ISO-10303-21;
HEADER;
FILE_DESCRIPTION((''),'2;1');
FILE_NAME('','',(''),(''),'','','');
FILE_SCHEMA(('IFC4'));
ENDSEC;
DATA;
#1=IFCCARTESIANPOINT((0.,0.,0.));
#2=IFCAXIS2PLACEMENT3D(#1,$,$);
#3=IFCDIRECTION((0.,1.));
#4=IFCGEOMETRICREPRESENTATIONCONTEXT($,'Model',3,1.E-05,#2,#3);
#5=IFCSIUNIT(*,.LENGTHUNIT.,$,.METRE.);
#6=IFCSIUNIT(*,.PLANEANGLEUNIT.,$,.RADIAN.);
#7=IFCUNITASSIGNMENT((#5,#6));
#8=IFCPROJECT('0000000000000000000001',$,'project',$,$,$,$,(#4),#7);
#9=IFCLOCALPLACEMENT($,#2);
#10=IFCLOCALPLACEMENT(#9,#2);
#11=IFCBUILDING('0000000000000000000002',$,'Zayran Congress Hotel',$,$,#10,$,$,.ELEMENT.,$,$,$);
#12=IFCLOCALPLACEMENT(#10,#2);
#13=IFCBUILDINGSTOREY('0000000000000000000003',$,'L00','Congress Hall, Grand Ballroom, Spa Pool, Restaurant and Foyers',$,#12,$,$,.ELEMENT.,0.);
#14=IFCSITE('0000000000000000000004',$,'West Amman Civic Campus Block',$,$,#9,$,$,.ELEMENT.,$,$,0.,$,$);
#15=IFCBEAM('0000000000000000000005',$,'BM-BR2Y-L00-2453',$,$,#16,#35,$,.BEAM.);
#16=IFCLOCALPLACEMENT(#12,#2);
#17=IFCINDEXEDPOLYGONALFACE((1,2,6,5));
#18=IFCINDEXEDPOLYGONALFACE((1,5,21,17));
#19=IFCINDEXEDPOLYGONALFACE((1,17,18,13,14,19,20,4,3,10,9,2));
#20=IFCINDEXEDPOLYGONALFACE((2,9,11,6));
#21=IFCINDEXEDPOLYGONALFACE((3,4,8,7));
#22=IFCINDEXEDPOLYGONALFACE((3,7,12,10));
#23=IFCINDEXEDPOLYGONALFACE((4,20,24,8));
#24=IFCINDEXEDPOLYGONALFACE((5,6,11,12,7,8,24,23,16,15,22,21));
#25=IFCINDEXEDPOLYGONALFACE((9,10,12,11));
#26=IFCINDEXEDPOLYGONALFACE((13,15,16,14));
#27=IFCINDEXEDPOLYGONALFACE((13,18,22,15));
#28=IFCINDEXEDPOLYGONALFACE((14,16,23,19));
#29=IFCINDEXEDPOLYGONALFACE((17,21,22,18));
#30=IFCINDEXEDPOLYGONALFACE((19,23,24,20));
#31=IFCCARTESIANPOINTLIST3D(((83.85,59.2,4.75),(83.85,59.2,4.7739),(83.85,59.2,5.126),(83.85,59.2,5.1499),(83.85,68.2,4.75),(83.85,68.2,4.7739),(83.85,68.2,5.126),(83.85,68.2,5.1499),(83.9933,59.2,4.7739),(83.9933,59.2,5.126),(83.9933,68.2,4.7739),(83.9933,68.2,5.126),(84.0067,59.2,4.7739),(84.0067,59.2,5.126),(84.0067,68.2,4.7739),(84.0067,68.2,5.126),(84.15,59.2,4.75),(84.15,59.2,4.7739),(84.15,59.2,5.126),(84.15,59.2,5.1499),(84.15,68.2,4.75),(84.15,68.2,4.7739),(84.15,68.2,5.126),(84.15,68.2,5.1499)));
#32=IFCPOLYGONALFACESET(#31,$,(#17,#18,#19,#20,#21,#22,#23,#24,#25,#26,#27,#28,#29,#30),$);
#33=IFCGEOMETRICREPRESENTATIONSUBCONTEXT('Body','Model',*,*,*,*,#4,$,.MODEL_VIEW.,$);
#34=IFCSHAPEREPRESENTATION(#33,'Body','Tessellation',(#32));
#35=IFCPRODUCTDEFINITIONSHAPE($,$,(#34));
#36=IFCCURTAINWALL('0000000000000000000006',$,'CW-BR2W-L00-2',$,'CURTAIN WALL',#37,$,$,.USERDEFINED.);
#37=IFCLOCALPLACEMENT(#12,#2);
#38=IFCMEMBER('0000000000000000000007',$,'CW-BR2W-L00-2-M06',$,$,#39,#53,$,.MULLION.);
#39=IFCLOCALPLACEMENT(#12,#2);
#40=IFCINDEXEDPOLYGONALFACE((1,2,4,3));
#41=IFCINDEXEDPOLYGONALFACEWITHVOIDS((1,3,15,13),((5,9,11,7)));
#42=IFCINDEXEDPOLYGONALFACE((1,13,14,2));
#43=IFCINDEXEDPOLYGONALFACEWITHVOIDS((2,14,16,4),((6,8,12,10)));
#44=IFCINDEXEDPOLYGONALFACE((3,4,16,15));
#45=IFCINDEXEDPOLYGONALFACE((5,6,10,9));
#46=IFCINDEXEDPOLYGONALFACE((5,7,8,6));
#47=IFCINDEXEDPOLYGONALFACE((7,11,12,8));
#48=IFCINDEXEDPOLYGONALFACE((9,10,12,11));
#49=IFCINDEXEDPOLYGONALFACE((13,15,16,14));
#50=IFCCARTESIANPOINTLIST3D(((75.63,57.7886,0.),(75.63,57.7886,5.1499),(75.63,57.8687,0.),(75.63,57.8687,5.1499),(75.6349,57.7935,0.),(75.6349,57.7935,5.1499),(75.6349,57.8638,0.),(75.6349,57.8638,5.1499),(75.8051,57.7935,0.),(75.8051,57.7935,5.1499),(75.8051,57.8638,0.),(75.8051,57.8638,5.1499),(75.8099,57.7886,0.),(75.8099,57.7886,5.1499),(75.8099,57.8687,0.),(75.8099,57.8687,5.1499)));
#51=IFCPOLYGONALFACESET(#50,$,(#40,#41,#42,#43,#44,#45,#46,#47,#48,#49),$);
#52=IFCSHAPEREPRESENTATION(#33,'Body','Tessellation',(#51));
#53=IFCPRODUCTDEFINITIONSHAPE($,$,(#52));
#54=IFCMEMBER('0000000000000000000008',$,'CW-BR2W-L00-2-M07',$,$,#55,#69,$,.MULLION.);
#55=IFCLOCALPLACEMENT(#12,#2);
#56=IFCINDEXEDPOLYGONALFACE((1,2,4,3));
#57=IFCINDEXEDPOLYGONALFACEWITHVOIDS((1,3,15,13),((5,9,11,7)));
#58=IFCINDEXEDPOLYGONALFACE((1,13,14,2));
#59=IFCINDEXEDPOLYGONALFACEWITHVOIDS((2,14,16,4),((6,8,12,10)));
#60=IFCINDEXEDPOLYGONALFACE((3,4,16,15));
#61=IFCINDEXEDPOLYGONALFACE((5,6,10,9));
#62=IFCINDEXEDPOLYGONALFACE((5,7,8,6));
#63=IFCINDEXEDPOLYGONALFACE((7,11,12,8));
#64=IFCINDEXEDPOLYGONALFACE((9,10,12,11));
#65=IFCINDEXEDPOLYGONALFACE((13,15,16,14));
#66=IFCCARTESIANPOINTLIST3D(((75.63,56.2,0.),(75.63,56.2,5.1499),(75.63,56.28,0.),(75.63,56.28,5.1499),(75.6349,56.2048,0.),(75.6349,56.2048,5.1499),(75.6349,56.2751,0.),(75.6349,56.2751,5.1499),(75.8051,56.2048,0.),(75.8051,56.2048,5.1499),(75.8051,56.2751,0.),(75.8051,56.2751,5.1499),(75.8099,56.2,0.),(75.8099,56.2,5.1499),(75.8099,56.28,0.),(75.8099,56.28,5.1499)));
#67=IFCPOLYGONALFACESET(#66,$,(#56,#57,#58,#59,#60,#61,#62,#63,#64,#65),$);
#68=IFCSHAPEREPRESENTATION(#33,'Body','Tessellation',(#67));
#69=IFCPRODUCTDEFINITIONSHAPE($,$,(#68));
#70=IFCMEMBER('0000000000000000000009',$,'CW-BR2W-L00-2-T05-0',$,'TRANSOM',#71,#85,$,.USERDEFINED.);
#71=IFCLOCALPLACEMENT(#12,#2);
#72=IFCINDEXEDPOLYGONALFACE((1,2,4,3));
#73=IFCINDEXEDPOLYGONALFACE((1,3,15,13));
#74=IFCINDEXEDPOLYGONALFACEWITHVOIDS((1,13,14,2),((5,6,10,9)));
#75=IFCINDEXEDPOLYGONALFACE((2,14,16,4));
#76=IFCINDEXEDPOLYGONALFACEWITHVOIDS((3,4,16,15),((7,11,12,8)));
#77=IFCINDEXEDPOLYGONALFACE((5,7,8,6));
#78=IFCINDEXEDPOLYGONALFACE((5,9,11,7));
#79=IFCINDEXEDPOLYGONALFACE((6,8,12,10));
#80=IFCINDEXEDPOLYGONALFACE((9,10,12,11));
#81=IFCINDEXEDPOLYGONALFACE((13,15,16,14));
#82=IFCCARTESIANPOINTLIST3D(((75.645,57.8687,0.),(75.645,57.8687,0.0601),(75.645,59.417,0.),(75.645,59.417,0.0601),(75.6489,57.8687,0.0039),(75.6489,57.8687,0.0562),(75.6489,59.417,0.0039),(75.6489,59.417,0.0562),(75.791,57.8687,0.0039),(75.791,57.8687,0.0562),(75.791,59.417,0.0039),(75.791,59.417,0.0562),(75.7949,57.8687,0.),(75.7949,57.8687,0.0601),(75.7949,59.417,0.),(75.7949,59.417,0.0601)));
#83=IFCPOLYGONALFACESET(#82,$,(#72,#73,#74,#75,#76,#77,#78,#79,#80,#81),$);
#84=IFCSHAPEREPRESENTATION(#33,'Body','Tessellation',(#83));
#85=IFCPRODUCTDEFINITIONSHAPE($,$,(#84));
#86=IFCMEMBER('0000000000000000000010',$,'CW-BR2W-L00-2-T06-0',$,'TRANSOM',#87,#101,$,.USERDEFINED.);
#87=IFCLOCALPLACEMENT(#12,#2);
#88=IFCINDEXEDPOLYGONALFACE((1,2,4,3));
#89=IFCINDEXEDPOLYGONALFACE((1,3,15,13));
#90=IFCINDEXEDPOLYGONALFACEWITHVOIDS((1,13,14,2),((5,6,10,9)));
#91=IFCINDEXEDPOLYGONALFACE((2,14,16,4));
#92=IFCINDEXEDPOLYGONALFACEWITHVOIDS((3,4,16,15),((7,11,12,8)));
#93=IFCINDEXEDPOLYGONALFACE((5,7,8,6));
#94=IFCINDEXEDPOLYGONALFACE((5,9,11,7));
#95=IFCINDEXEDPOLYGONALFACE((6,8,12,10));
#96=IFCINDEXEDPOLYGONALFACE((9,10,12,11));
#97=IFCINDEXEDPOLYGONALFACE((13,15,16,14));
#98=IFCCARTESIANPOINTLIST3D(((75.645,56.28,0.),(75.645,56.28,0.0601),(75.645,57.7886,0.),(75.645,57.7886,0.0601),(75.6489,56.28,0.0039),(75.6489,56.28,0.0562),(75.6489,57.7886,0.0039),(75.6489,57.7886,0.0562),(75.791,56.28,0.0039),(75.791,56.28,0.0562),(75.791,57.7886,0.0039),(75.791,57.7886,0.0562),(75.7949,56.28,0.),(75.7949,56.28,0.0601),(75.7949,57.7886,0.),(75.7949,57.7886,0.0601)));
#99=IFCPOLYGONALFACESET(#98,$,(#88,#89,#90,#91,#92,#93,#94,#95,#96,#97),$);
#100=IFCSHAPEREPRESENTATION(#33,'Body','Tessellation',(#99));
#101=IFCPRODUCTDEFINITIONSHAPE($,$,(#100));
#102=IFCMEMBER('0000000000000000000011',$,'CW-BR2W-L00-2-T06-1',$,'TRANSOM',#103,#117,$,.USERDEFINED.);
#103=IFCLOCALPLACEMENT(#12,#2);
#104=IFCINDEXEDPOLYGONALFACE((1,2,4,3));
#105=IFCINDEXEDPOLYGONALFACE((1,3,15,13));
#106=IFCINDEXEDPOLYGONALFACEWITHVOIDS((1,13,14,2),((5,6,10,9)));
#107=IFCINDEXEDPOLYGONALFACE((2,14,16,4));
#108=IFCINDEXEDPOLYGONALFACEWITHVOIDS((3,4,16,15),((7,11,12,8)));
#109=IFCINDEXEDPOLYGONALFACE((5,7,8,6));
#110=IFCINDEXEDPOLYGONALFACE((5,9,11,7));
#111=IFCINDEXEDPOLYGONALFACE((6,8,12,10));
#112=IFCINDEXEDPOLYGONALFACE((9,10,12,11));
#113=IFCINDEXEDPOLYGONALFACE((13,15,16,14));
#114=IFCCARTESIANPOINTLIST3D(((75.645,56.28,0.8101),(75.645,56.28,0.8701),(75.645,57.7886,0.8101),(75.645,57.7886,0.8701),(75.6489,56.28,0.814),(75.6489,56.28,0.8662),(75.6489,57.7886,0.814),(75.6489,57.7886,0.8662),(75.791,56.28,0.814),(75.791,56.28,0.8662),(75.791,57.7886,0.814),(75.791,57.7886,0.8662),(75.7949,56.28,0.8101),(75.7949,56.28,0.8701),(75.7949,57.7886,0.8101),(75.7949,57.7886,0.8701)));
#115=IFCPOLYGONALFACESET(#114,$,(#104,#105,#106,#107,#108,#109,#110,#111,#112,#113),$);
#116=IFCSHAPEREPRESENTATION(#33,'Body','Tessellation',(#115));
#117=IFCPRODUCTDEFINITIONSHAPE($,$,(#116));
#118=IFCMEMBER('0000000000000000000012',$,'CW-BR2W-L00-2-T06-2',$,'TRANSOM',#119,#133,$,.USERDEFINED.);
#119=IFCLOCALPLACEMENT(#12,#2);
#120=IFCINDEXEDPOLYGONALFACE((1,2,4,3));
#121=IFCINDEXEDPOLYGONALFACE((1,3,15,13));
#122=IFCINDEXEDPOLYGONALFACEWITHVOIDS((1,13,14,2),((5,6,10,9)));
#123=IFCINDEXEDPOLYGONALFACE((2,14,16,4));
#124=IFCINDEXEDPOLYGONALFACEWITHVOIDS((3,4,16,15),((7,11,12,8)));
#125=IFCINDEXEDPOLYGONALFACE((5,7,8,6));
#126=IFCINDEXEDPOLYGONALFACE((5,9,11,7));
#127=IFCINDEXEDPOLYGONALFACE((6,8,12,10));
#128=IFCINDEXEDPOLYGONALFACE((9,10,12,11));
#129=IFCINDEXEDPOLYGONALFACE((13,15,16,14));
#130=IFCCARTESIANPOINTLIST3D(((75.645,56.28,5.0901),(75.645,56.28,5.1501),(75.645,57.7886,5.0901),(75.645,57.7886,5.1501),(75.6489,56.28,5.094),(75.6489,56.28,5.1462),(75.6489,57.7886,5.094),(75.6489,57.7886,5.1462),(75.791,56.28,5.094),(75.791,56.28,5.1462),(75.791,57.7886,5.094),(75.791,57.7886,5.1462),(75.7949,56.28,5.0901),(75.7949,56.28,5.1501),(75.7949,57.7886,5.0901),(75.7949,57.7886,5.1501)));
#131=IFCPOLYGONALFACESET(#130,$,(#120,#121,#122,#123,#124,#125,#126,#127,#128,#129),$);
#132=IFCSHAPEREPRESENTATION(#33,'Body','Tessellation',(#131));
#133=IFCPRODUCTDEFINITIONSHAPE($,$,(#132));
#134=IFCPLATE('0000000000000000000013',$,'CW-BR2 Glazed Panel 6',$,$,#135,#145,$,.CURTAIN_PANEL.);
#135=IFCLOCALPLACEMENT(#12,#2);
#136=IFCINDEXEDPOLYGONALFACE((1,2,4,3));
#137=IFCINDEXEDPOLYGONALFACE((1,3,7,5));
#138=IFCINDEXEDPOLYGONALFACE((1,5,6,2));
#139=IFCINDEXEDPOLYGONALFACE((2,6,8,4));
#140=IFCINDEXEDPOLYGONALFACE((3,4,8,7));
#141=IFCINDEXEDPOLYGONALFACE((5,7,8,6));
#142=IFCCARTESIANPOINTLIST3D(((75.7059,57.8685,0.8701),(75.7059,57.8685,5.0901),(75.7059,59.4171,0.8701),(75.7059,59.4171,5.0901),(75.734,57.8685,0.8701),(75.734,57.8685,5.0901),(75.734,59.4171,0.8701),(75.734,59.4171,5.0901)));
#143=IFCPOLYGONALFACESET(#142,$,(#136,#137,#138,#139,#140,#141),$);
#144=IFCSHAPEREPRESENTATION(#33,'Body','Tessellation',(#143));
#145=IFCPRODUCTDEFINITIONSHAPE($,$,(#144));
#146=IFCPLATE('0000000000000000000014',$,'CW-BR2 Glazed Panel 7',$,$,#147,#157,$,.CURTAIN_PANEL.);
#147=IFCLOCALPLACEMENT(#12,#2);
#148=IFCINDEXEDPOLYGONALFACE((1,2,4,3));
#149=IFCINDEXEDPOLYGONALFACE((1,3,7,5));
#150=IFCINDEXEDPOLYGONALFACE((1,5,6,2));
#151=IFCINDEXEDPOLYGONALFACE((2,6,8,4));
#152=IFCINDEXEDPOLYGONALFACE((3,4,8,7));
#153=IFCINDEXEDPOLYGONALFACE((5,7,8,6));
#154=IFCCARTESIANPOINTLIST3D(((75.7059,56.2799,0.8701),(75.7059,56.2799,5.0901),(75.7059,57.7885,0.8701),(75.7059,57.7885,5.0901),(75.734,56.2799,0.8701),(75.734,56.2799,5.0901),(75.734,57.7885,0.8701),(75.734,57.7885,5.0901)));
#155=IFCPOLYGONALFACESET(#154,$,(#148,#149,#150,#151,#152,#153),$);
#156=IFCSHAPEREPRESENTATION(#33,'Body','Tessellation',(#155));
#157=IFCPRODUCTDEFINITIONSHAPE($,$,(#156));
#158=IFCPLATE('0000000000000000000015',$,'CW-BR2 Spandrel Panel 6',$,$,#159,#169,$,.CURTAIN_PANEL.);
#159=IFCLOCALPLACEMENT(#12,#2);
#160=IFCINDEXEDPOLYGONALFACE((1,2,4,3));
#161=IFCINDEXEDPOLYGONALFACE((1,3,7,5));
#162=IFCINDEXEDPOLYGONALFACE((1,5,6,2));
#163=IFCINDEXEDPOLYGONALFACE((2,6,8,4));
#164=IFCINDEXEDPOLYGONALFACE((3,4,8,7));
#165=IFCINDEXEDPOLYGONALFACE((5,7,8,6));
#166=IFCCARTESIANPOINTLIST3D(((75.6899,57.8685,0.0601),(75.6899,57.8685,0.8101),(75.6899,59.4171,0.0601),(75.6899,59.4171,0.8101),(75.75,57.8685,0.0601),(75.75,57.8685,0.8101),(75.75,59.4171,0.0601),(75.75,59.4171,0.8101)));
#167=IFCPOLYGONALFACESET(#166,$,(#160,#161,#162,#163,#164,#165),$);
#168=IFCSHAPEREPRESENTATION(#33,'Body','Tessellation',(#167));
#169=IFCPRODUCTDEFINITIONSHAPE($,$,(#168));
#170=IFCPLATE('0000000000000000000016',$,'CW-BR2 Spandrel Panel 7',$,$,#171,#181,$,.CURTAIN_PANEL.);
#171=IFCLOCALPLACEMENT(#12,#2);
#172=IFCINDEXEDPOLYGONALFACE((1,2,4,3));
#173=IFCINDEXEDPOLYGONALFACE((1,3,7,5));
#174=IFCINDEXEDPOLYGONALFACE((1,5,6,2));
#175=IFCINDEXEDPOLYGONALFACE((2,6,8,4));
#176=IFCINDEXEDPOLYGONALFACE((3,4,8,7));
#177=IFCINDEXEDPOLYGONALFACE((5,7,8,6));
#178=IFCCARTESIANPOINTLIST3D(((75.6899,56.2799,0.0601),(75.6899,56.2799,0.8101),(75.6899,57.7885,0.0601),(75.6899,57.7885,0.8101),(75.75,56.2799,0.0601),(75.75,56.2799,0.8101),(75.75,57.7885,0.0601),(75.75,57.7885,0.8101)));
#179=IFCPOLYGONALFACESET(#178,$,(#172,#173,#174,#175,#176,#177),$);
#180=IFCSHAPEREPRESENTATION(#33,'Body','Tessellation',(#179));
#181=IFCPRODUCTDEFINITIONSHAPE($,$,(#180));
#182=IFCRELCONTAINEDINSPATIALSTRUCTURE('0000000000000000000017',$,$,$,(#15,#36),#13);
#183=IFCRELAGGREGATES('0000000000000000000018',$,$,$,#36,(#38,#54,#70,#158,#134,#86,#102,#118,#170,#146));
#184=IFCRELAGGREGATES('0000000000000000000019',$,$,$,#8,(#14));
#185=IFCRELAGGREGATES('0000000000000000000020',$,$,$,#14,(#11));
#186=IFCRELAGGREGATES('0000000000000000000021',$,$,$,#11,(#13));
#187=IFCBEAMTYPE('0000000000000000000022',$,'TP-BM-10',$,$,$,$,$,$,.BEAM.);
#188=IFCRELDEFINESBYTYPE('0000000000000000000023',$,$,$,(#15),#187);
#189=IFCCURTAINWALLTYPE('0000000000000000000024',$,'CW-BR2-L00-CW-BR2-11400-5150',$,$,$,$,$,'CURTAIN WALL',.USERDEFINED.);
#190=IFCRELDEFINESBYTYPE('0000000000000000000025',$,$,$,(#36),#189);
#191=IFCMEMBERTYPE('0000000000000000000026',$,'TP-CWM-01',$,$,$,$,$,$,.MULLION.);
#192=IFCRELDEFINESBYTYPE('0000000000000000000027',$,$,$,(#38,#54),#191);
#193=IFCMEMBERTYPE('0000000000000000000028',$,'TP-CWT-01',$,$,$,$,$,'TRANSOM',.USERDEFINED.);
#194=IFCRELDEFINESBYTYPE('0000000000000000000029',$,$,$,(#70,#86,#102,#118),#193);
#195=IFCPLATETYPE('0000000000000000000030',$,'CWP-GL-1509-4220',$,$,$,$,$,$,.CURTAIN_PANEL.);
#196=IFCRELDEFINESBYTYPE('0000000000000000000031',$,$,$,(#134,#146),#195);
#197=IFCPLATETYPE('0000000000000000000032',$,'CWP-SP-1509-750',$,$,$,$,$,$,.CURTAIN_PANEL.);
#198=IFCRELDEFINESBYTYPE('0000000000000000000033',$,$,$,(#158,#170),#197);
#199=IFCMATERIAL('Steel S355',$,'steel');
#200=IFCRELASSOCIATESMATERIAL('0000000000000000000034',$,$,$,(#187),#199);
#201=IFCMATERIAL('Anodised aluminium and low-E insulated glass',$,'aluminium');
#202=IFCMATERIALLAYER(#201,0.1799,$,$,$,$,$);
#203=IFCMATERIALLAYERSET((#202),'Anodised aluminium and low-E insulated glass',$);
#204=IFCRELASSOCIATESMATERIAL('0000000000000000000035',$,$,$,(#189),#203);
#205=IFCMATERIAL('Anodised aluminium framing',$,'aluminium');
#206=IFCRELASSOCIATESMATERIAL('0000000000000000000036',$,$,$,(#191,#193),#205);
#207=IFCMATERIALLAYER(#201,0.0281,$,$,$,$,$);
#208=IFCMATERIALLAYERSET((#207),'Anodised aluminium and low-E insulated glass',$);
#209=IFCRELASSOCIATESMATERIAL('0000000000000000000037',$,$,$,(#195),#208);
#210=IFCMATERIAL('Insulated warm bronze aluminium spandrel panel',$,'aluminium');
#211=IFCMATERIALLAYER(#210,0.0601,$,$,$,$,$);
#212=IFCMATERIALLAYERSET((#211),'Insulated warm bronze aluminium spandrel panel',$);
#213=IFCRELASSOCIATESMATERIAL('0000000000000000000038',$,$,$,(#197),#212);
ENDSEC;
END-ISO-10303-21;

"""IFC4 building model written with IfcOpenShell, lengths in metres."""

from ifc_helpers import new_model, si_unit, direction, frame, origin, origin_2d, place, context, subcontext, project, spatial, rectangle, hollow_rectangle, i_section, extrude, material, layer, layer_set, material_profile, profile_set, type_object, element, aggregate, save


model = new_model("IFC4")

# Units and contexts
model_context = context("Model", 3, precision=1e-05, world=origin(), true_north=direction((0.0, 1.0)))
body_context = subcontext(model_context, "Body", "Model", "MODEL_VIEW")
ifc_project = project(units=[si_unit("LENGTHUNIT", "METRE"), si_unit("PLANEANGLEUNIT", "RADIAN")], contexts=[model_context])

# Site, building, storey
site_placement = place(None, origin())
site = spatial("IfcSite", under=ifc_project, at=site_placement, Name="West Amman Civic Campus Block", CompositionType="ELEMENT", RefElevation=0.0)
building_placement = place(site_placement, origin())
building = spatial("IfcBuilding", under=site, at=building_placement, Name="Zayran Congress Hotel", CompositionType="ELEMENT")
storey_placement = place(building_placement, origin())
storey = spatial("IfcBuildingStorey", under=building, at=storey_placement, Name="L00", Description="Congress Hall, Grand Ballroom, Spa Pool, Restaurant and Foyers", CompositionType="ELEMENT", Elevation=0.0)

# Shared definitions
ifc_material_1 = material(Name="Steel S355", Category="steel")

# Beam
ifc_material_profile_1 = material_profile(ifc_material_1, i_section(OverallWidth=0.3, OverallDepth=0.3999, WebThickness=0.0134, FlangeThickness=0.0239, at=origin_2d()), Name="HEB 400")
ifc_profile_set_1 = profile_set([ifc_material_profile_1], Name="Steel S355")
beam_type = type_object("IfcBeamType", Name="TP-BM-10", PredefinedType="BEAM", material=ifc_profile_set_1)
beam_1_placement = place(storey_placement, frame((84.0, 59.2, 4.95), z_axis=(0.0, 1.0, 0.0), x_axis=(-1.0, 0.0, 0.0)))
element("IfcBeam", 1, at=beam_1_placement, inside=storey, type_object=beam_type, Name="BM-BR2Y-L00-2453", PredefinedType="BEAM", context=body_context, shape_type="SweptSolid", body=[
    extrude(i_section(OverallWidth=0.3, OverallDepth=0.3999, WebThickness=0.0134, FlangeThickness=0.0239, at=origin_2d()), origin(), (0.0, 0.0, 1.0), 9.0),
])

# Curtain wall, members, plates
ifc_material_2 = material(Name="Anodised aluminium and low-E insulated glass", Category="aluminium")
ifc_layer_1 = layer(ifc_material_2, 0.1799)
ifc_layer_set_1 = layer_set([ifc_layer_1], Name="Anodised aluminium and low-E insulated glass")
curtain_wall_type = type_object("IfcCurtainWallType", Name="CW-BR2-L00-CW-BR2-11400-5150", ElementType="CURTAIN WALL", PredefinedType="USERDEFINED", material=ifc_layer_set_1)
curtain_wall_placement = place(storey_placement, origin())
curtain_wall = element("IfcCurtainWall", 2, at=curtain_wall_placement, inside=storey, type_object=curtain_wall_type, Name="CW-BR2W-L00-2", ObjectType="CURTAIN WALL", PredefinedType="USERDEFINED")
ifc_material_3 = material(Name="Anodised aluminium framing", Category="aluminium")
ifc_material_profile_2 = material_profile(ifc_material_3, hollow_rectangle(XDim=0.0801, YDim=0.1799, WallThickness=0.0049, at=origin_2d()), Name="RHS 180x80x5")
ifc_profile_set_2 = profile_set([ifc_material_profile_2], Name="Anodised aluminium framing")
member_type_1 = type_object("IfcMemberType", Name="TP-CWM-01", PredefinedType="MULLION", material=ifc_profile_set_2)
member_1_placement = place(storey_placement, frame((75.72, 57.8286, 0.0), z_axis=(0.0, 0.0, 1.0), x_axis=(0.0, 1.0, 0.0)))
member_1 = element("IfcMember", 3, at=member_1_placement, type_object=member_type_1, Name="CW-BR2W-L00-2-M06", PredefinedType="MULLION", context=body_context, shape_type="SweptSolid", body=[
    extrude(hollow_rectangle(XDim=0.0801, YDim=0.1799, WallThickness=0.0049, at=origin_2d()), origin(), (0.0, 0.0, 1.0), 5.1499),
])
member_2_placement = place(storey_placement, frame((75.72, 56.24, 0.0), z_axis=(0.0, 0.0, 1.0), x_axis=(0.0, 1.0, 0.0)))
member_2 = element("IfcMember", 4, at=member_2_placement, type_object=member_type_1, Name="CW-BR2W-L00-2-M07", PredefinedType="MULLION", context=body_context, shape_type="SweptSolid", body=[
    extrude(hollow_rectangle(XDim=0.0801, YDim=0.1799, WallThickness=0.0049, at=origin_2d()), origin(), (0.0, 0.0, 1.0), 5.1499),
])
ifc_material_profile_3 = material_profile(ifc_material_3, hollow_rectangle(XDim=0.0601, YDim=0.1499, WallThickness=0.0039, at=origin_2d()), Name="RHS 150x60x4")
ifc_profile_set_3 = profile_set([ifc_material_profile_3], Name="Anodised aluminium framing")
member_type_2 = type_object("IfcMemberType", Name="TP-CWT-01", ElementType="TRANSOM", PredefinedType="USERDEFINED", material=ifc_profile_set_3)
member_3_placement = place(storey_placement, frame((75.72, 59.417, 0.03), z_axis=(0.0, -1.0, 0.0), x_axis=(0.0, 0.0, 1.0)))
member_3 = element("IfcMember", 5, at=member_3_placement, type_object=member_type_2, Name="CW-BR2W-L00-2-T05-0", ObjectType="TRANSOM", PredefinedType="USERDEFINED", context=body_context, shape_type="SweptSolid", body=[
    extrude(hollow_rectangle(XDim=0.0601, YDim=0.1499, WallThickness=0.0039, at=origin_2d()), origin(), (0.0, 0.0, 1.0), 1.5483),
])
member_4_placement = place(storey_placement, frame((75.72, 57.7886, 0.03), z_axis=(0.0, -1.0, 0.0), x_axis=(0.0, 0.0, 1.0)))
member_4 = element("IfcMember", 6, at=member_4_placement, type_object=member_type_2, Name="CW-BR2W-L00-2-T06-0", ObjectType="TRANSOM", PredefinedType="USERDEFINED", context=body_context, shape_type="SweptSolid", body=[
    extrude(hollow_rectangle(XDim=0.0601, YDim=0.1499, WallThickness=0.0039, at=origin_2d()), origin(), (0.0, 0.0, 1.0), 1.5085),
])
member_5_placement = place(storey_placement, frame((75.72, 57.7886, 0.8401), z_axis=(0.0, -1.0, 0.0), x_axis=(0.0, 0.0, 1.0)))
member_5 = element("IfcMember", 7, at=member_5_placement, type_object=member_type_2, Name="CW-BR2W-L00-2-T06-1", ObjectType="TRANSOM", PredefinedType="USERDEFINED", context=body_context, shape_type="SweptSolid", body=[
    extrude(hollow_rectangle(XDim=0.0601, YDim=0.1499, WallThickness=0.0039, at=origin_2d()), origin(), (0.0, 0.0, 1.0), 1.5085),
])
member_6_placement = place(storey_placement, frame((75.72, 57.7886, 5.1201), z_axis=(0.0, -1.0, 0.0), x_axis=(0.0, 0.0, 1.0)))
member_6 = element("IfcMember", 8, at=member_6_placement, type_object=member_type_2, Name="CW-BR2W-L00-2-T06-2", ObjectType="TRANSOM", PredefinedType="USERDEFINED", context=body_context, shape_type="SweptSolid", body=[
    extrude(hollow_rectangle(XDim=0.0601, YDim=0.1499, WallThickness=0.0039, at=origin_2d()), origin(), (0.0, 0.0, 1.0), 1.5085),
])
ifc_layer_2 = layer(ifc_material_2, 0.0281)
ifc_layer_set_2 = layer_set([ifc_layer_2], Name="Anodised aluminium and low-E insulated glass")
plate_type_1 = type_object("IfcPlateType", Name="CWP-GL-1509-4220", PredefinedType="CURTAIN_PANEL", material=ifc_layer_set_2)
plate_1_placement = place(storey_placement, frame((75.72, 58.6428, 0.8701), z_axis=(0.0, 0.0, 1.0), x_axis=(0.0, 1.0, 0.0)))
plate_1 = element("IfcPlate", 9, at=plate_1_placement, type_object=plate_type_1, Name="CW-BR2 Glazed Panel 6", PredefinedType="CURTAIN_PANEL", context=body_context, shape_type="SweptSolid", body=[
    extrude(rectangle(XDim=1.5486, YDim=0.0281, at=origin_2d()), origin(), (0.0, 0.0, 1.0), 4.22),
])
plate_2_placement = place(storey_placement, frame((75.72, 57.0342, 0.8701), z_axis=(0.0, 0.0, 1.0), x_axis=(0.0, 1.0, 0.0)))
plate_2 = element("IfcPlate", 10, at=plate_2_placement, type_object=plate_type_1, Name="CW-BR2 Glazed Panel 7", PredefinedType="CURTAIN_PANEL", context=body_context, shape_type="SweptSolid", body=[
    extrude(rectangle(XDim=1.5085, YDim=0.0281, at=origin_2d()), origin(), (0.0, 0.0, 1.0), 4.22),
])
ifc_material_4 = material(Name="Insulated warm bronze aluminium spandrel panel", Category="aluminium")
ifc_layer_3 = layer(ifc_material_4, 0.0601)
ifc_layer_set_3 = layer_set([ifc_layer_3], Name="Insulated warm bronze aluminium spandrel panel")
plate_type_2 = type_object("IfcPlateType", Name="CWP-SP-1509-750", PredefinedType="CURTAIN_PANEL", material=ifc_layer_set_3)
plate_3_placement = place(storey_placement, frame((75.72, 58.6428, 0.0601), z_axis=(0.0, 0.0, 1.0), x_axis=(0.0, 1.0, 0.0)))
plate_3 = element("IfcPlate", 11, at=plate_3_placement, type_object=plate_type_2, Name="CW-BR2 Spandrel Panel 6", PredefinedType="CURTAIN_PANEL", context=body_context, shape_type="SweptSolid", body=[
    extrude(rectangle(XDim=1.5486, YDim=0.0601, at=origin_2d()), origin(), (0.0, 0.0, 1.0), 0.75),
])
plate_4_placement = place(storey_placement, frame((75.72, 57.0342, 0.0601), z_axis=(0.0, 0.0, 1.0), x_axis=(0.0, 1.0, 0.0)))
plate_4 = element("IfcPlate", 12, at=plate_4_placement, type_object=plate_type_2, Name="CW-BR2 Spandrel Panel 7", PredefinedType="CURTAIN_PANEL", context=body_context, shape_type="SweptSolid", body=[
    extrude(rectangle(XDim=1.5085, YDim=0.0601, at=origin_2d()), origin(), (0.0, 0.0, 1.0), 0.75),
])
aggregate(curtain_wall, [member_1, member_2, member_3, plate_3, plate_1, member_4, member_5, member_6, plate_4, plate_2])

save(model, "model.ifc")
